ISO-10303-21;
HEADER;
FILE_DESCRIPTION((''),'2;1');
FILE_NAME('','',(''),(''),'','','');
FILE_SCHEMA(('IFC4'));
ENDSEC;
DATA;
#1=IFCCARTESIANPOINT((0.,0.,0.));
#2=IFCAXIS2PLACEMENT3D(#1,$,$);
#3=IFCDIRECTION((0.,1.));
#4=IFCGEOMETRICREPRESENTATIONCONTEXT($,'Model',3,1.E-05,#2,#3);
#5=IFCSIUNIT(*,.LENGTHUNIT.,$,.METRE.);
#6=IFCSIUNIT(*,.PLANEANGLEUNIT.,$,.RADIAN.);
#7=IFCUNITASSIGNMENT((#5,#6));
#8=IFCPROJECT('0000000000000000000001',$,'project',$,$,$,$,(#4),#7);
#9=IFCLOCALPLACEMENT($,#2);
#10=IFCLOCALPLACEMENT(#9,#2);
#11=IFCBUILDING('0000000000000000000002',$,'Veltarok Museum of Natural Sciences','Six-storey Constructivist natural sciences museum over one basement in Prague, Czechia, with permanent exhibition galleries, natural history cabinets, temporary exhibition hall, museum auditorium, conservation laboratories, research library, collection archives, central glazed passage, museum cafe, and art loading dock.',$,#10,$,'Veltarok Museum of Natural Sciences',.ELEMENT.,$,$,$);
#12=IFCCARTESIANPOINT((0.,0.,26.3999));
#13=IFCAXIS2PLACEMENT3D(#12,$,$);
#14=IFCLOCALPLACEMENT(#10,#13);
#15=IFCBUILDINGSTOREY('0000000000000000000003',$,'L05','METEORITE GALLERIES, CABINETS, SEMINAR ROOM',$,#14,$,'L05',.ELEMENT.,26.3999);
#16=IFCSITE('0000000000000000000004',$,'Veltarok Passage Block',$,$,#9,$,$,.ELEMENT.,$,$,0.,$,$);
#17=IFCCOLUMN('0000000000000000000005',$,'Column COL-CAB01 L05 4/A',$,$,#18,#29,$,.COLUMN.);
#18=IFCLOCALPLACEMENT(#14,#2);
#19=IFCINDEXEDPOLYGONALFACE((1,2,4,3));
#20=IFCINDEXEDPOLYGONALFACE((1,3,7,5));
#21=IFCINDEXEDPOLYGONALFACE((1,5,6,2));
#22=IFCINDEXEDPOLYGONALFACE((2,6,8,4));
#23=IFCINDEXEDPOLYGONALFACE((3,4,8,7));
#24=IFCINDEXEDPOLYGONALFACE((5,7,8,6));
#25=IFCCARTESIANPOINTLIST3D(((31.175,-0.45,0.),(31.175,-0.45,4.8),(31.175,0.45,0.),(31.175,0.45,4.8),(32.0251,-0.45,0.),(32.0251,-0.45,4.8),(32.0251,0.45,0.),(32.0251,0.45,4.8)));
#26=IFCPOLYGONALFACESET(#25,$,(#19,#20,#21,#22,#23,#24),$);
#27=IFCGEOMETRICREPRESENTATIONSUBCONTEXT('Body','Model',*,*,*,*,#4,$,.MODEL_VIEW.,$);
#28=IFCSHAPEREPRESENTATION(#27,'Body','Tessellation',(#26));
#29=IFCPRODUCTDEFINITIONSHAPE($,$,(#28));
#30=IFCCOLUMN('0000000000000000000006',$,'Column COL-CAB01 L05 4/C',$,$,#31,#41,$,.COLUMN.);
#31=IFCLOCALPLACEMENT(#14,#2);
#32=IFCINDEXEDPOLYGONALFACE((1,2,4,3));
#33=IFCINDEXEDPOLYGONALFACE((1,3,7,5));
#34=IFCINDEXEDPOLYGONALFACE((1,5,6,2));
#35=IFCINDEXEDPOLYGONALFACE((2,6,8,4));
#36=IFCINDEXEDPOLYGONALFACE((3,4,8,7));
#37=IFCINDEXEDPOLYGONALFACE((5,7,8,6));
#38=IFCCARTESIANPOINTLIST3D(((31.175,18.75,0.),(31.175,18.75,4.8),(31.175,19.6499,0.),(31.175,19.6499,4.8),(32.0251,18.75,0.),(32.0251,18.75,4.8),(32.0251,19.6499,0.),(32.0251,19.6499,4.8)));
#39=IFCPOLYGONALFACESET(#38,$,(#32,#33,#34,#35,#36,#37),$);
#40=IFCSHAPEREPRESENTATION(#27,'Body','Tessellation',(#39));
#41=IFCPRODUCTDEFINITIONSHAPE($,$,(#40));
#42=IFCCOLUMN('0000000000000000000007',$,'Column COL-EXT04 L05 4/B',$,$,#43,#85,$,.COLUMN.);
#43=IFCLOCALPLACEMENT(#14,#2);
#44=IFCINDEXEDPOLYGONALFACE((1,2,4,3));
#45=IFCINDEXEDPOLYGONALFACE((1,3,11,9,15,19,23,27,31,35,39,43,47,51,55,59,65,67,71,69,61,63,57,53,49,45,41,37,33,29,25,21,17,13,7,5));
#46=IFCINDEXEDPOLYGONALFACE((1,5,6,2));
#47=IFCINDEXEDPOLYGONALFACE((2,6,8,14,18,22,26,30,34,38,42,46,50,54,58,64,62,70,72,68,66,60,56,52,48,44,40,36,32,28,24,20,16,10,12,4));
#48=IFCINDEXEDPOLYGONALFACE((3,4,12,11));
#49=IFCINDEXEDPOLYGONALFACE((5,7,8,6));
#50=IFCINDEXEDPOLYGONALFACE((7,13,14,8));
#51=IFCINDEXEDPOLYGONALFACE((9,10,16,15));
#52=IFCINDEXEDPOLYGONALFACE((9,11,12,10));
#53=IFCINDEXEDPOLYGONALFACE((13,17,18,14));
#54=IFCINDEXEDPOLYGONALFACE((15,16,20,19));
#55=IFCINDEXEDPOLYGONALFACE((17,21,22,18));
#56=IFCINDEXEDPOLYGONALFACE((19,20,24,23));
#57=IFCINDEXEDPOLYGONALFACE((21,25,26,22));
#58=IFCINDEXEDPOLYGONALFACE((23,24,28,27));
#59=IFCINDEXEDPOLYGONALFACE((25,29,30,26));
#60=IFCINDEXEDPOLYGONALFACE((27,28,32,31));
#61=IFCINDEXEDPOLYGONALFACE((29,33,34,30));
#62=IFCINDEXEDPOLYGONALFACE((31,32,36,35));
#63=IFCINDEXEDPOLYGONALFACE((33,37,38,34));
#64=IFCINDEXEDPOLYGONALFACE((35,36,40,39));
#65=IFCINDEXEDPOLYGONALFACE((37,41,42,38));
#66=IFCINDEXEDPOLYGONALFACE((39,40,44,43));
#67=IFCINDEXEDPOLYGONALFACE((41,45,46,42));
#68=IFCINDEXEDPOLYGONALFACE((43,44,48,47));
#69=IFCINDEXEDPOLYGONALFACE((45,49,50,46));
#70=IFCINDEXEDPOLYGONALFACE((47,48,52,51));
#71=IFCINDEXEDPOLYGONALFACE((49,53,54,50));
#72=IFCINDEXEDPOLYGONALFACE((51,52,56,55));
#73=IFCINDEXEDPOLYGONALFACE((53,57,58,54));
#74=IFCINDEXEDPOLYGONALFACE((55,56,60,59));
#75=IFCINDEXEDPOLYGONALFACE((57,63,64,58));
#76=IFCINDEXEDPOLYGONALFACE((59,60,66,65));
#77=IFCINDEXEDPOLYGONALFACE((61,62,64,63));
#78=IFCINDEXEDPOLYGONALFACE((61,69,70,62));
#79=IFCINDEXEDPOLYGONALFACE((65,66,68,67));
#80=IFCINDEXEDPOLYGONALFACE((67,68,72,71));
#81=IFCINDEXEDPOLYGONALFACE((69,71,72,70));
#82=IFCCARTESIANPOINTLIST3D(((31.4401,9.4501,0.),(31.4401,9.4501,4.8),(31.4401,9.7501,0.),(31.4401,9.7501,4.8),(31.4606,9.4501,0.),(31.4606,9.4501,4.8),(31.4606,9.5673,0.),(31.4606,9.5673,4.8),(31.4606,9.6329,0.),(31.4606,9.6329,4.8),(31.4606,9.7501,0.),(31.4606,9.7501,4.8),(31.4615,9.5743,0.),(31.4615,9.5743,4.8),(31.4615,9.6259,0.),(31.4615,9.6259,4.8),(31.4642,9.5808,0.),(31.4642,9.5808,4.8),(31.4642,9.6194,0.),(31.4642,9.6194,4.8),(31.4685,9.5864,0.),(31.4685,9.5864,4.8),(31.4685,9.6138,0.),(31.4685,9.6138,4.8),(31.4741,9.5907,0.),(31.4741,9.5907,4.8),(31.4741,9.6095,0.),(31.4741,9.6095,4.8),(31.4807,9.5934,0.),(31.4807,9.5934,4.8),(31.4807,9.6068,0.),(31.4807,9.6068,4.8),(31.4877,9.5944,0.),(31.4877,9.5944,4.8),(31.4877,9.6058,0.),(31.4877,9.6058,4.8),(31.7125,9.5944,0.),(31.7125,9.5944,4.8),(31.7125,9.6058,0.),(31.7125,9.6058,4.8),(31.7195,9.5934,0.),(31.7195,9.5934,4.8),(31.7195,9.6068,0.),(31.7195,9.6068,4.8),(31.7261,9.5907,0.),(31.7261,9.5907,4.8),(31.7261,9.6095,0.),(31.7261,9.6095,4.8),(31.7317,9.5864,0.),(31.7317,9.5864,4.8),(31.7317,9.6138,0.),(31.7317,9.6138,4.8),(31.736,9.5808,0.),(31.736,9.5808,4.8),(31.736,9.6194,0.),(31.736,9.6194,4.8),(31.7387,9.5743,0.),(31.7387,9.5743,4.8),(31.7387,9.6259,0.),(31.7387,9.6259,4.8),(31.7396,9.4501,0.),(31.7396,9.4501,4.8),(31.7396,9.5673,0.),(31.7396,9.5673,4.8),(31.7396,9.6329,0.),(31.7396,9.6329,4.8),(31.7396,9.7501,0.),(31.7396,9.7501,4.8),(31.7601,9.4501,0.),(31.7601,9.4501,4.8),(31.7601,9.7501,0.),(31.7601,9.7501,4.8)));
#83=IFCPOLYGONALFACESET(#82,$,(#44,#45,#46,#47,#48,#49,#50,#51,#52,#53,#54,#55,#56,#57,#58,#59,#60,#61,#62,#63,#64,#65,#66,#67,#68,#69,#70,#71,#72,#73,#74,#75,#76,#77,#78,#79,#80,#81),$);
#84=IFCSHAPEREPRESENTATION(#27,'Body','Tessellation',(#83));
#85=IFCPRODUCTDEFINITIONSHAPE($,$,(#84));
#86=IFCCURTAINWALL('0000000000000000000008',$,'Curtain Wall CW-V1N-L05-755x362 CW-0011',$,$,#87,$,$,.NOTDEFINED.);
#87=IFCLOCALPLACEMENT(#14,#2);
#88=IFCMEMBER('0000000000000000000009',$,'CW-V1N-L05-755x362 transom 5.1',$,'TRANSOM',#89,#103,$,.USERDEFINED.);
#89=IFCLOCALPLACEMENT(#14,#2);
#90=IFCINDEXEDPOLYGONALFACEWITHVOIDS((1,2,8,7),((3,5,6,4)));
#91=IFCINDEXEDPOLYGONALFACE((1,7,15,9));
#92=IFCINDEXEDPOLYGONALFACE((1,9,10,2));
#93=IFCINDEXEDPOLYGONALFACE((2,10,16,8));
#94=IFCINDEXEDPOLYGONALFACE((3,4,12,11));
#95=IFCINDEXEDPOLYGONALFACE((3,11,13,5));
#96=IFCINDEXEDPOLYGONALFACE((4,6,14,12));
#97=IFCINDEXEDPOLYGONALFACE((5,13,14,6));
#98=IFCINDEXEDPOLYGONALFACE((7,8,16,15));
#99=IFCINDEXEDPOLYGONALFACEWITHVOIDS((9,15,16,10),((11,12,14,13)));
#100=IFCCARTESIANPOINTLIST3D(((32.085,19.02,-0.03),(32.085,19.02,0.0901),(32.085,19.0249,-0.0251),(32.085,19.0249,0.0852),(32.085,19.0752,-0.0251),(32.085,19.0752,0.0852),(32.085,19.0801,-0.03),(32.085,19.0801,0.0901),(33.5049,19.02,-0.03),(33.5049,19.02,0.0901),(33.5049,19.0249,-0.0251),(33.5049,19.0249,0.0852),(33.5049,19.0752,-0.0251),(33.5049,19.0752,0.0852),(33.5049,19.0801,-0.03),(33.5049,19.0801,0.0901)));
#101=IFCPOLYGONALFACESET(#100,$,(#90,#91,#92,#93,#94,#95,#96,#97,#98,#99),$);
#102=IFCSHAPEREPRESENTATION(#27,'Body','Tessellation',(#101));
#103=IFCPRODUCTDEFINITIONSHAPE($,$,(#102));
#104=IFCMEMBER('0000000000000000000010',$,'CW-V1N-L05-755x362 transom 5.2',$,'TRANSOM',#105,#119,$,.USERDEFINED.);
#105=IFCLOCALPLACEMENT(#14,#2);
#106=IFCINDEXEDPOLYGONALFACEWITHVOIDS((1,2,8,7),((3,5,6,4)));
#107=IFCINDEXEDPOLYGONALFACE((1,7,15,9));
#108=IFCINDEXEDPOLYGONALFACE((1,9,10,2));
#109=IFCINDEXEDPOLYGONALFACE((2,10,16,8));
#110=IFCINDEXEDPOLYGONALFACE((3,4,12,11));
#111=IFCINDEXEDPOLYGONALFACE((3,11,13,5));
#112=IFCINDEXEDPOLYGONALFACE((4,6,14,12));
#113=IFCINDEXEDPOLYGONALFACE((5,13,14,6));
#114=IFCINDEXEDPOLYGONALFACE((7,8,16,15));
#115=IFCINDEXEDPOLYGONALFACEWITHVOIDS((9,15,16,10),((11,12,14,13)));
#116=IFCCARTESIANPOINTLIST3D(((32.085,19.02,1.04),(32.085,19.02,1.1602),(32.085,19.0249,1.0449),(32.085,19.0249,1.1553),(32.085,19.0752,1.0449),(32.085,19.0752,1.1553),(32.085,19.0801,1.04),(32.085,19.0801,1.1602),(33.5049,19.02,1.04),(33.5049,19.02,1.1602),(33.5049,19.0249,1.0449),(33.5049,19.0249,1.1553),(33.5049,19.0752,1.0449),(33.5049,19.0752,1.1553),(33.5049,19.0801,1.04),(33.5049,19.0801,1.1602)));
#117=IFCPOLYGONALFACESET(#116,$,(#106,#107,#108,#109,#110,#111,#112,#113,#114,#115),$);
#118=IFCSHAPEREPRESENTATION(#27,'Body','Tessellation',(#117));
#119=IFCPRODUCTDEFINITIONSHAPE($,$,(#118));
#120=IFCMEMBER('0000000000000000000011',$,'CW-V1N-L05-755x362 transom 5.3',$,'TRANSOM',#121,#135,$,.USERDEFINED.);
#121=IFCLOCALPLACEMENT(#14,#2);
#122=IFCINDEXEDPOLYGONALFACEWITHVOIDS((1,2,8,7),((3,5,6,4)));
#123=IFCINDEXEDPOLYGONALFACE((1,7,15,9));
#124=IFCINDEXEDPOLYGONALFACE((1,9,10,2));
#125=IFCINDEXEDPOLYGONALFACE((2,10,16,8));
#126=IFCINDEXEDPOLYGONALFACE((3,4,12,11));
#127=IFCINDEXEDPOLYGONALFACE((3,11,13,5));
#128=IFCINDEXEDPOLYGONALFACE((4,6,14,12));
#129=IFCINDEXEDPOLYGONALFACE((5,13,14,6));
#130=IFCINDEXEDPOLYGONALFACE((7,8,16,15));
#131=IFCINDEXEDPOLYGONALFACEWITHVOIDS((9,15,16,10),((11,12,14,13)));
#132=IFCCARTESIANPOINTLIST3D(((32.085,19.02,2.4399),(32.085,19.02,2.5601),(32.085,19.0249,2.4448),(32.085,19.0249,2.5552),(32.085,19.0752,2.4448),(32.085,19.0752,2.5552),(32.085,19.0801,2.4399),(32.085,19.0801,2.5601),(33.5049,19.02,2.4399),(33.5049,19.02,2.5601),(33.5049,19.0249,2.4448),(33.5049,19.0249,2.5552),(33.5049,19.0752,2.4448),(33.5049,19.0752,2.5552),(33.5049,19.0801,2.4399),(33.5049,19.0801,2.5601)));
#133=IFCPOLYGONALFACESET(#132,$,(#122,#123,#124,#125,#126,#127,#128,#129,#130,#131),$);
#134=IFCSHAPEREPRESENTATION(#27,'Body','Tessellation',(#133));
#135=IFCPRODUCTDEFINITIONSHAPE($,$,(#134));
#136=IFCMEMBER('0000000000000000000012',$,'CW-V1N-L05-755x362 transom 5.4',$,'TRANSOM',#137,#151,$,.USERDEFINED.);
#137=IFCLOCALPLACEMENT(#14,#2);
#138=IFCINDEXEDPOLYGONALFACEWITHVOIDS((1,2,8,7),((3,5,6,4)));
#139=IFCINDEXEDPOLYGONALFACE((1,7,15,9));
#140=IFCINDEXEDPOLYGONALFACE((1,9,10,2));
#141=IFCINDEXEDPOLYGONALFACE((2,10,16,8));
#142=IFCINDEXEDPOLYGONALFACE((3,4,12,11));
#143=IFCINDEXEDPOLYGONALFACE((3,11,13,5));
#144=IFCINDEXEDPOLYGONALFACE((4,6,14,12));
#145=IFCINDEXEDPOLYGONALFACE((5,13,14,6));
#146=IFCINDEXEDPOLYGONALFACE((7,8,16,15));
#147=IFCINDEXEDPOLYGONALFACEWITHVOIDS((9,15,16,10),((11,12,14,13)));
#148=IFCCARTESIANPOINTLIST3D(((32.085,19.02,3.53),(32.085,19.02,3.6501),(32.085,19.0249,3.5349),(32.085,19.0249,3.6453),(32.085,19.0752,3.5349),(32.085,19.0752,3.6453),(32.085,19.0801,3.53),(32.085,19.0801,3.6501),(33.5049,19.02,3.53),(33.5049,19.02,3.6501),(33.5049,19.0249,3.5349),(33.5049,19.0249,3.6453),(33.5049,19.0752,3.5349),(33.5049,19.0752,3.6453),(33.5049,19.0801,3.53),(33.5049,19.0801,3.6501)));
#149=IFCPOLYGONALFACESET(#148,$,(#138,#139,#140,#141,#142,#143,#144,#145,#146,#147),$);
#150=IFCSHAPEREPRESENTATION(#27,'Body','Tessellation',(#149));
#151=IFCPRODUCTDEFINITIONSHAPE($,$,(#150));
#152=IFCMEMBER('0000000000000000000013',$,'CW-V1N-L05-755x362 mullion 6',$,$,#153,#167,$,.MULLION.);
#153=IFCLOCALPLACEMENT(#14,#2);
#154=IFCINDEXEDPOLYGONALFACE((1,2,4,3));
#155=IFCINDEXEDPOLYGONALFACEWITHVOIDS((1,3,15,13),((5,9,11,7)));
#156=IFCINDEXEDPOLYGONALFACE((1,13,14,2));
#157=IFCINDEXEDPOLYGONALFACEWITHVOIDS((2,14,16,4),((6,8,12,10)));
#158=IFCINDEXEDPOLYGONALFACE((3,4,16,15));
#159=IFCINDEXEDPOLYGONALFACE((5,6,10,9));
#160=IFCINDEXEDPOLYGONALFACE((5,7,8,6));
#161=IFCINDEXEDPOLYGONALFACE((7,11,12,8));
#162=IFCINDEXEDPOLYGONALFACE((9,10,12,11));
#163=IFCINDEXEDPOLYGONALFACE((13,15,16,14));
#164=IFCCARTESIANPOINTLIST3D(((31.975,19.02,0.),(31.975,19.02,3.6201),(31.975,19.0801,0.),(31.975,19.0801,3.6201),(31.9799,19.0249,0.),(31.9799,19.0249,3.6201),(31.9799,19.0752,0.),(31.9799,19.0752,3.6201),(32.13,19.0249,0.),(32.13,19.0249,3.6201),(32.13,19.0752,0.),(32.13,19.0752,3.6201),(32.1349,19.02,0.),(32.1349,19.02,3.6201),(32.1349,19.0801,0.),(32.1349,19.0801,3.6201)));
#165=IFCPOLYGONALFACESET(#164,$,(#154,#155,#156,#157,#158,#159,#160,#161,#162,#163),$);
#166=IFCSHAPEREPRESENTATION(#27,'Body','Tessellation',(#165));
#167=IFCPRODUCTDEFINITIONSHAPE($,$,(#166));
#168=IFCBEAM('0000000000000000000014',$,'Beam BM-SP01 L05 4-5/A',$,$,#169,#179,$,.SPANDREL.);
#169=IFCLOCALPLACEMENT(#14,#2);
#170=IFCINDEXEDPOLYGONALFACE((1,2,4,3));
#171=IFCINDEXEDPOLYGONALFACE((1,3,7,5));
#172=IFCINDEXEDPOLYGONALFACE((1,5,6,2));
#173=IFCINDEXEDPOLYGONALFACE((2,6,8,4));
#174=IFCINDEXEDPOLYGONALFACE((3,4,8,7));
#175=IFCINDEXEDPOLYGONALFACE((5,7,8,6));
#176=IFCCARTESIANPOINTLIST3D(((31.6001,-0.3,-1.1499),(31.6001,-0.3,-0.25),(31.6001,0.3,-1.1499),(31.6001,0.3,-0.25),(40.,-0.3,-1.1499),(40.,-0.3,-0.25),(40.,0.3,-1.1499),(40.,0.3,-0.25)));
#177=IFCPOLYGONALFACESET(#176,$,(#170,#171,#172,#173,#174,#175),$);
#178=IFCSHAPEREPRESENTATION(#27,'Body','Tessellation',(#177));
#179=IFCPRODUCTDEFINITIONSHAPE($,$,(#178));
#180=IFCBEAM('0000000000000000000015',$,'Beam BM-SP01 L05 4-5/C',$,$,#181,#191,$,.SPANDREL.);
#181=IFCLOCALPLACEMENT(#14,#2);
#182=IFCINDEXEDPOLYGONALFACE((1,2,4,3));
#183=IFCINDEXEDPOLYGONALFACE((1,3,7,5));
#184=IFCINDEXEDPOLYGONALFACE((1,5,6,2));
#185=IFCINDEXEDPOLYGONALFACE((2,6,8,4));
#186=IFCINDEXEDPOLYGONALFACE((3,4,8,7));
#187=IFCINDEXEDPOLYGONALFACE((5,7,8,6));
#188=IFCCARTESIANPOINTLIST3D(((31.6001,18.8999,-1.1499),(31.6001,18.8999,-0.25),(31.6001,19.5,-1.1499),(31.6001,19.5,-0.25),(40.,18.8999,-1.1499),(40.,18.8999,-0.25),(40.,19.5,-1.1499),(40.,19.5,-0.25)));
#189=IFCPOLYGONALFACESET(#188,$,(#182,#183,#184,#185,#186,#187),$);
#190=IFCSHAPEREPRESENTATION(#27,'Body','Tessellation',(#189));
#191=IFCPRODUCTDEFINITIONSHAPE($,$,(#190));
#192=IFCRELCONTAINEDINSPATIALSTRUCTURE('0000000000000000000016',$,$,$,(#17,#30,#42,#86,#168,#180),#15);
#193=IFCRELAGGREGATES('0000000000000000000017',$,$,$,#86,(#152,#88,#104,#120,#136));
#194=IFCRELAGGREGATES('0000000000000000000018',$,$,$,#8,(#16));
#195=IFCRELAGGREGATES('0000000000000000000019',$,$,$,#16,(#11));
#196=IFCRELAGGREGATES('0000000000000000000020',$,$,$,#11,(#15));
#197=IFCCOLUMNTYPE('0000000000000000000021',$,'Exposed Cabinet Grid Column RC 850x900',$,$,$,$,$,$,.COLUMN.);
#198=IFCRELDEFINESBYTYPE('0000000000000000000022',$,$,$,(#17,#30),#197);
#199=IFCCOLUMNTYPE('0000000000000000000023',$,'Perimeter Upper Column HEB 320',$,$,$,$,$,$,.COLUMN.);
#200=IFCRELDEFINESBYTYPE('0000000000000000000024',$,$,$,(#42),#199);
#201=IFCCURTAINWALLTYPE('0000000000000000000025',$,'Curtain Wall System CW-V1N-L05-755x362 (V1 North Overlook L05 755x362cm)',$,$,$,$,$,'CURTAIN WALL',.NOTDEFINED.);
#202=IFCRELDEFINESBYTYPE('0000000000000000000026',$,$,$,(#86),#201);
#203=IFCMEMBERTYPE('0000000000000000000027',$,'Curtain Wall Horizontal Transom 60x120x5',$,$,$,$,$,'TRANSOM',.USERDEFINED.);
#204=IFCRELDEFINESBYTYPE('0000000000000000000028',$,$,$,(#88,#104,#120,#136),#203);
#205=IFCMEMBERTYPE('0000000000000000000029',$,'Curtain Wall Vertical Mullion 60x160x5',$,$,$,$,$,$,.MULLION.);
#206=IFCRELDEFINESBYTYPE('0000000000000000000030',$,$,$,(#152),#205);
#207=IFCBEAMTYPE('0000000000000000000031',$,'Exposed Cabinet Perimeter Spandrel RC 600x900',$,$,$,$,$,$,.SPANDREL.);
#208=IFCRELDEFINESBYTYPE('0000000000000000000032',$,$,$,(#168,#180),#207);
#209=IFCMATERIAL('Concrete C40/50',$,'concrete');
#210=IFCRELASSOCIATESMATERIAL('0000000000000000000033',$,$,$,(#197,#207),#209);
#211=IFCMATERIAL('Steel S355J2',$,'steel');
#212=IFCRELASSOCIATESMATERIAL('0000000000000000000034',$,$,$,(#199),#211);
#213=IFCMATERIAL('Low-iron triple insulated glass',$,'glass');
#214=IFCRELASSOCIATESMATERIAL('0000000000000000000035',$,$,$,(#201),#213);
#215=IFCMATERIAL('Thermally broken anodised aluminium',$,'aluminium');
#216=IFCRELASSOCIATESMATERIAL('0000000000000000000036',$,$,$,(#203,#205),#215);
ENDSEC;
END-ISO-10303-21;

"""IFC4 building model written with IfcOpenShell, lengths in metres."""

from ifc_helpers import new_model, si_unit, direction, frame, origin, origin_2d, place, context, subcontext, project, spatial, rectangle, hollow_rectangle, i_section, extrude, material, material_profile, profile_set, type_object, element, aggregate, save


model = new_model("IFC4")

# Units and contexts
model_context = context("Model", 3, precision=1e-05, world=origin(), true_north=direction((0.0, 1.0)))
body_context = subcontext(model_context, "Body", "Model", "MODEL_VIEW")
ifc_project = project(units=[si_unit("LENGTHUNIT", "METRE"), si_unit("PLANEANGLEUNIT", "RADIAN")], contexts=[model_context])

# Site, building, storey
site_placement = place(None, origin())
site = spatial("IfcSite", under=ifc_project, at=site_placement, Name="Veltarok Passage Block", CompositionType="ELEMENT", RefElevation=0.0)
building_placement = place(site_placement, origin())
building = spatial("IfcBuilding", under=site, at=building_placement, Name="Veltarok Museum of Natural Sciences", Description="Six-storey Constructivist natural sciences museum over one basement in Prague, Czechia, with permanent exhibition galleries, natural history cabinets, temporary exhibition hall, museum auditorium, conservation laboratories, research library, collection archives, central glazed passage, museum cafe, and art loading dock.", LongName="Veltarok Museum of Natural Sciences", CompositionType="ELEMENT")
storey_placement = place(building_placement, frame((0.0, 0.0, 26.3999)))
storey = spatial("IfcBuildingStorey", under=building, at=storey_placement, Name="L05", Description="METEORITE GALLERIES, CABINETS, SEMINAR ROOM", LongName="L05", CompositionType="ELEMENT", Elevation=26.3999)

# Columns
ifc_material_1 = material(Name="Concrete C40/50", Category="concrete")
ifc_material_profile_1 = material_profile(ifc_material_1, rectangle(XDim=0.8501, YDim=0.8999, at=origin_2d()), Name="RC 850x900")
ifc_profile_set_1 = profile_set([ifc_material_profile_1], Name="Concrete C40/50")
column_type_1 = type_object("IfcColumnType", Name="Exposed Cabinet Grid Column RC 850x900", PredefinedType="COLUMN", material=ifc_profile_set_1)
for number, where, z_axis, x_axis, name in (
    (1, (31.6001, 0.0, 0.0), (0.0, 0.0, 1.0), (1.0, 0.0, 0.0), "Column COL-CAB01 L05 4/A"),
    (2, (31.6001, 19.2, 0.0), (0.0, 0.0, 1.0), (1.0, 0.0, 0.0), "Column COL-CAB01 L05 4/C"),
):
    element("IfcColumn", number, at=place(storey_placement, frame(where, z_axis=z_axis, x_axis=x_axis)), inside=storey, type_object=column_type_1, Name=name, PredefinedType="COLUMN", context=body_context, shape_type="SweptSolid", body=[
        extrude(rectangle(XDim=0.8501, YDim=0.8999, at=origin_2d()), origin(), (0.0, 0.0, 1.0), 4.8),
    ])
ifc_material_2 = material(Name="Steel S355J2", Category="steel")
ifc_material_profile_2 = material_profile(ifc_material_2, i_section(OverallWidth=0.3, OverallDepth=0.3201, WebThickness=0.0115, FlangeThickness=0.0205, FilletRadius=0.0271, at=origin_2d()), Name="HEB 320")
ifc_profile_set_2 = profile_set([ifc_material_profile_2], Name="Steel S355J2")
column_type_2 = type_object("IfcColumnType", Name="Perimeter Upper Column HEB 320", PredefinedType="COLUMN", material=ifc_profile_set_2)
column_placement = place(storey_placement, frame((31.6001, 9.6001, 0.0), z_axis=(0.0, 0.0, 1.0), x_axis=(0.0, 1.0, 0.0)))
element("IfcColumn", 3, at=column_placement, inside=storey, type_object=column_type_2, Name="Column COL-EXT04 L05 4/B", PredefinedType="COLUMN", context=body_context, shape_type="SweptSolid", body=[
    extrude(i_section(OverallWidth=0.3, OverallDepth=0.3201, WebThickness=0.0115, FlangeThickness=0.0205, FilletRadius=0.0271, at=origin_2d()), origin(), (0.0, 0.0, 1.0), 4.8),
])

# Curtain wall, members
ifc_material_3 = material(Name="Low-iron triple insulated glass", Category="glass")
curtain_wall_type = type_object("IfcCurtainWallType", Name="Curtain Wall System CW-V1N-L05-755x362 (V1 North Overlook L05 755x362cm)", ElementType="CURTAIN WALL", PredefinedType="NOTDEFINED", material=ifc_material_3)
curtain_wall_placement = place(storey_placement, origin())
curtain_wall = element("IfcCurtainWall", 4, at=curtain_wall_placement, inside=storey, type_object=curtain_wall_type, Name="Curtain Wall CW-V1N-L05-755x362 CW-0011", PredefinedType="NOTDEFINED")
ifc_material_4 = material(Name="Thermally broken anodised aluminium", Category="aluminium")
ifc_material_profile_3 = material_profile(ifc_material_4, hollow_rectangle(XDim=0.0601, YDim=0.1201, WallThickness=0.0049, at=origin_2d()), Name="CW TRANSOM 60x120x5")
ifc_profile_set_3 = profile_set([ifc_material_profile_3], Name="Thermally broken anodised aluminium")
member_type_1 = type_object("IfcMemberType", Name="Curtain Wall Horizontal Transom 60x120x5", ElementType="TRANSOM", PredefinedType="USERDEFINED", material=ifc_profile_set_3)
member_1_placement = place(storey_placement, frame((33.5049, 19.05, 0.03), z_axis=(-1.0, 0.0, 0.0), x_axis=(0.0, -1.0, 0.0)))
member_1 = element("IfcMember", 5, at=member_1_placement, type_object=member_type_1, Name="CW-V1N-L05-755x362 transom 5.1", ObjectType="TRANSOM", PredefinedType="USERDEFINED", context=body_context, shape_type="SweptSolid", body=[
    extrude(hollow_rectangle(XDim=0.0601, YDim=0.1201, WallThickness=0.0049, at=origin_2d()), origin(), (0.0, 0.0, 1.0), 1.4199),
])
member_2_placement = place(storey_placement, frame((33.5049, 19.05, 1.1001), z_axis=(-1.0, 0.0, 0.0), x_axis=(0.0, -1.0, 0.0)))
member_2 = element("IfcMember", 6, at=member_2_placement, type_object=member_type_1, Name="CW-V1N-L05-755x362 transom 5.2", ObjectType="TRANSOM", PredefinedType="USERDEFINED", context=body_context, shape_type="SweptSolid", body=[
    extrude(hollow_rectangle(XDim=0.0601, YDim=0.1201, WallThickness=0.0049, at=origin_2d()), origin(), (0.0, 0.0, 1.0), 1.4199),
])
member_3_placement = place(storey_placement, frame((33.5049, 19.05, 2.5), z_axis=(-1.0, 0.0, 0.0), x_axis=(0.0, -1.0, 0.0)))
member_3 = element("IfcMember", 7, at=member_3_placement, type_object=member_type_1, Name="CW-V1N-L05-755x362 transom 5.3", ObjectType="TRANSOM", PredefinedType="USERDEFINED", context=body_context, shape_type="SweptSolid", body=[
    extrude(hollow_rectangle(XDim=0.0601, YDim=0.1201, WallThickness=0.0049, at=origin_2d()), origin(), (0.0, 0.0, 1.0), 1.4199),
])
member_4_placement = place(storey_placement, frame((33.5049, 19.05, 3.5901), z_axis=(-1.0, 0.0, 0.0), x_axis=(0.0, -1.0, 0.0)))
member_4 = element("IfcMember", 8, at=member_4_placement, type_object=member_type_1, Name="CW-V1N-L05-755x362 transom 5.4", ObjectType="TRANSOM", PredefinedType="USERDEFINED", context=body_context, shape_type="SweptSolid", body=[
    extrude(hollow_rectangle(XDim=0.0601, YDim=0.1201, WallThickness=0.0049, at=origin_2d()), origin(), (0.0, 0.0, 1.0), 1.4199),
])
ifc_material_profile_4 = material_profile(ifc_material_4, hollow_rectangle(XDim=0.0601, YDim=0.1599, WallThickness=0.0049, at=origin_2d()), Name="CW MULLION 60x160x5")
ifc_profile_set_4 = profile_set([ifc_material_profile_4], Name="Thermally broken anodised aluminium")
member_type_2 = type_object("IfcMemberType", Name="Curtain Wall Vertical Mullion 60x160x5", PredefinedType="MULLION", material=ifc_profile_set_4)
member_5_placement = place(storey_placement, frame((32.0549, 19.05, 0.0), z_axis=(0.0, 0.0, 1.0), x_axis=(0.0, -1.0, 0.0)))
member_5 = element("IfcMember", 9, at=member_5_placement, type_object=member_type_2, Name="CW-V1N-L05-755x362 mullion 6", PredefinedType="MULLION", context=body_context, shape_type="SweptSolid", body=[
    extrude(hollow_rectangle(XDim=0.0601, YDim=0.1599, WallThickness=0.0049, at=origin_2d()), origin(), (0.0, 0.0, 1.0), 3.6201),
])

# Beams
ifc_material_profile_5 = material_profile(ifc_material_1, rectangle(XDim=0.6001, YDim=0.8999, at=origin_2d()), Name="RC 600x900")
ifc_profile_set_5 = profile_set([ifc_material_profile_5], Name="Concrete C40/50")
beam_type_1 = type_object("IfcBeamType", Name="Exposed Cabinet Perimeter Spandrel RC 600x900", PredefinedType="SPANDREL", material=ifc_profile_set_5)
for number, where, z_axis, x_axis, name in (
    (10, (31.6001, 0.0, -0.7), (1.0, 0.0, 0.0), (0.0, 1.0, 0.0), "Beam BM-SP01 L05 4-5/A"),
    (11, (31.6001, 19.2, -0.7), (1.0, 0.0, 0.0), (0.0, 1.0, 0.0), "Beam BM-SP01 L05 4-5/C"),
):
    element("IfcBeam", number, at=place(storey_placement, frame(where, z_axis=z_axis, x_axis=x_axis)), inside=storey, type_object=beam_type_1, Name=name, PredefinedType="SPANDREL", context=body_context, shape_type="SweptSolid", body=[
        extrude(rectangle(XDim=0.6001, YDim=0.8999, at=origin_2d()), origin(), (0.0, 0.0, 1.0), 8.3999),
    ])

aggregate(curtain_wall, [member_5, member_1, member_2, member_3, member_4])

save(model, "model.ifc")
